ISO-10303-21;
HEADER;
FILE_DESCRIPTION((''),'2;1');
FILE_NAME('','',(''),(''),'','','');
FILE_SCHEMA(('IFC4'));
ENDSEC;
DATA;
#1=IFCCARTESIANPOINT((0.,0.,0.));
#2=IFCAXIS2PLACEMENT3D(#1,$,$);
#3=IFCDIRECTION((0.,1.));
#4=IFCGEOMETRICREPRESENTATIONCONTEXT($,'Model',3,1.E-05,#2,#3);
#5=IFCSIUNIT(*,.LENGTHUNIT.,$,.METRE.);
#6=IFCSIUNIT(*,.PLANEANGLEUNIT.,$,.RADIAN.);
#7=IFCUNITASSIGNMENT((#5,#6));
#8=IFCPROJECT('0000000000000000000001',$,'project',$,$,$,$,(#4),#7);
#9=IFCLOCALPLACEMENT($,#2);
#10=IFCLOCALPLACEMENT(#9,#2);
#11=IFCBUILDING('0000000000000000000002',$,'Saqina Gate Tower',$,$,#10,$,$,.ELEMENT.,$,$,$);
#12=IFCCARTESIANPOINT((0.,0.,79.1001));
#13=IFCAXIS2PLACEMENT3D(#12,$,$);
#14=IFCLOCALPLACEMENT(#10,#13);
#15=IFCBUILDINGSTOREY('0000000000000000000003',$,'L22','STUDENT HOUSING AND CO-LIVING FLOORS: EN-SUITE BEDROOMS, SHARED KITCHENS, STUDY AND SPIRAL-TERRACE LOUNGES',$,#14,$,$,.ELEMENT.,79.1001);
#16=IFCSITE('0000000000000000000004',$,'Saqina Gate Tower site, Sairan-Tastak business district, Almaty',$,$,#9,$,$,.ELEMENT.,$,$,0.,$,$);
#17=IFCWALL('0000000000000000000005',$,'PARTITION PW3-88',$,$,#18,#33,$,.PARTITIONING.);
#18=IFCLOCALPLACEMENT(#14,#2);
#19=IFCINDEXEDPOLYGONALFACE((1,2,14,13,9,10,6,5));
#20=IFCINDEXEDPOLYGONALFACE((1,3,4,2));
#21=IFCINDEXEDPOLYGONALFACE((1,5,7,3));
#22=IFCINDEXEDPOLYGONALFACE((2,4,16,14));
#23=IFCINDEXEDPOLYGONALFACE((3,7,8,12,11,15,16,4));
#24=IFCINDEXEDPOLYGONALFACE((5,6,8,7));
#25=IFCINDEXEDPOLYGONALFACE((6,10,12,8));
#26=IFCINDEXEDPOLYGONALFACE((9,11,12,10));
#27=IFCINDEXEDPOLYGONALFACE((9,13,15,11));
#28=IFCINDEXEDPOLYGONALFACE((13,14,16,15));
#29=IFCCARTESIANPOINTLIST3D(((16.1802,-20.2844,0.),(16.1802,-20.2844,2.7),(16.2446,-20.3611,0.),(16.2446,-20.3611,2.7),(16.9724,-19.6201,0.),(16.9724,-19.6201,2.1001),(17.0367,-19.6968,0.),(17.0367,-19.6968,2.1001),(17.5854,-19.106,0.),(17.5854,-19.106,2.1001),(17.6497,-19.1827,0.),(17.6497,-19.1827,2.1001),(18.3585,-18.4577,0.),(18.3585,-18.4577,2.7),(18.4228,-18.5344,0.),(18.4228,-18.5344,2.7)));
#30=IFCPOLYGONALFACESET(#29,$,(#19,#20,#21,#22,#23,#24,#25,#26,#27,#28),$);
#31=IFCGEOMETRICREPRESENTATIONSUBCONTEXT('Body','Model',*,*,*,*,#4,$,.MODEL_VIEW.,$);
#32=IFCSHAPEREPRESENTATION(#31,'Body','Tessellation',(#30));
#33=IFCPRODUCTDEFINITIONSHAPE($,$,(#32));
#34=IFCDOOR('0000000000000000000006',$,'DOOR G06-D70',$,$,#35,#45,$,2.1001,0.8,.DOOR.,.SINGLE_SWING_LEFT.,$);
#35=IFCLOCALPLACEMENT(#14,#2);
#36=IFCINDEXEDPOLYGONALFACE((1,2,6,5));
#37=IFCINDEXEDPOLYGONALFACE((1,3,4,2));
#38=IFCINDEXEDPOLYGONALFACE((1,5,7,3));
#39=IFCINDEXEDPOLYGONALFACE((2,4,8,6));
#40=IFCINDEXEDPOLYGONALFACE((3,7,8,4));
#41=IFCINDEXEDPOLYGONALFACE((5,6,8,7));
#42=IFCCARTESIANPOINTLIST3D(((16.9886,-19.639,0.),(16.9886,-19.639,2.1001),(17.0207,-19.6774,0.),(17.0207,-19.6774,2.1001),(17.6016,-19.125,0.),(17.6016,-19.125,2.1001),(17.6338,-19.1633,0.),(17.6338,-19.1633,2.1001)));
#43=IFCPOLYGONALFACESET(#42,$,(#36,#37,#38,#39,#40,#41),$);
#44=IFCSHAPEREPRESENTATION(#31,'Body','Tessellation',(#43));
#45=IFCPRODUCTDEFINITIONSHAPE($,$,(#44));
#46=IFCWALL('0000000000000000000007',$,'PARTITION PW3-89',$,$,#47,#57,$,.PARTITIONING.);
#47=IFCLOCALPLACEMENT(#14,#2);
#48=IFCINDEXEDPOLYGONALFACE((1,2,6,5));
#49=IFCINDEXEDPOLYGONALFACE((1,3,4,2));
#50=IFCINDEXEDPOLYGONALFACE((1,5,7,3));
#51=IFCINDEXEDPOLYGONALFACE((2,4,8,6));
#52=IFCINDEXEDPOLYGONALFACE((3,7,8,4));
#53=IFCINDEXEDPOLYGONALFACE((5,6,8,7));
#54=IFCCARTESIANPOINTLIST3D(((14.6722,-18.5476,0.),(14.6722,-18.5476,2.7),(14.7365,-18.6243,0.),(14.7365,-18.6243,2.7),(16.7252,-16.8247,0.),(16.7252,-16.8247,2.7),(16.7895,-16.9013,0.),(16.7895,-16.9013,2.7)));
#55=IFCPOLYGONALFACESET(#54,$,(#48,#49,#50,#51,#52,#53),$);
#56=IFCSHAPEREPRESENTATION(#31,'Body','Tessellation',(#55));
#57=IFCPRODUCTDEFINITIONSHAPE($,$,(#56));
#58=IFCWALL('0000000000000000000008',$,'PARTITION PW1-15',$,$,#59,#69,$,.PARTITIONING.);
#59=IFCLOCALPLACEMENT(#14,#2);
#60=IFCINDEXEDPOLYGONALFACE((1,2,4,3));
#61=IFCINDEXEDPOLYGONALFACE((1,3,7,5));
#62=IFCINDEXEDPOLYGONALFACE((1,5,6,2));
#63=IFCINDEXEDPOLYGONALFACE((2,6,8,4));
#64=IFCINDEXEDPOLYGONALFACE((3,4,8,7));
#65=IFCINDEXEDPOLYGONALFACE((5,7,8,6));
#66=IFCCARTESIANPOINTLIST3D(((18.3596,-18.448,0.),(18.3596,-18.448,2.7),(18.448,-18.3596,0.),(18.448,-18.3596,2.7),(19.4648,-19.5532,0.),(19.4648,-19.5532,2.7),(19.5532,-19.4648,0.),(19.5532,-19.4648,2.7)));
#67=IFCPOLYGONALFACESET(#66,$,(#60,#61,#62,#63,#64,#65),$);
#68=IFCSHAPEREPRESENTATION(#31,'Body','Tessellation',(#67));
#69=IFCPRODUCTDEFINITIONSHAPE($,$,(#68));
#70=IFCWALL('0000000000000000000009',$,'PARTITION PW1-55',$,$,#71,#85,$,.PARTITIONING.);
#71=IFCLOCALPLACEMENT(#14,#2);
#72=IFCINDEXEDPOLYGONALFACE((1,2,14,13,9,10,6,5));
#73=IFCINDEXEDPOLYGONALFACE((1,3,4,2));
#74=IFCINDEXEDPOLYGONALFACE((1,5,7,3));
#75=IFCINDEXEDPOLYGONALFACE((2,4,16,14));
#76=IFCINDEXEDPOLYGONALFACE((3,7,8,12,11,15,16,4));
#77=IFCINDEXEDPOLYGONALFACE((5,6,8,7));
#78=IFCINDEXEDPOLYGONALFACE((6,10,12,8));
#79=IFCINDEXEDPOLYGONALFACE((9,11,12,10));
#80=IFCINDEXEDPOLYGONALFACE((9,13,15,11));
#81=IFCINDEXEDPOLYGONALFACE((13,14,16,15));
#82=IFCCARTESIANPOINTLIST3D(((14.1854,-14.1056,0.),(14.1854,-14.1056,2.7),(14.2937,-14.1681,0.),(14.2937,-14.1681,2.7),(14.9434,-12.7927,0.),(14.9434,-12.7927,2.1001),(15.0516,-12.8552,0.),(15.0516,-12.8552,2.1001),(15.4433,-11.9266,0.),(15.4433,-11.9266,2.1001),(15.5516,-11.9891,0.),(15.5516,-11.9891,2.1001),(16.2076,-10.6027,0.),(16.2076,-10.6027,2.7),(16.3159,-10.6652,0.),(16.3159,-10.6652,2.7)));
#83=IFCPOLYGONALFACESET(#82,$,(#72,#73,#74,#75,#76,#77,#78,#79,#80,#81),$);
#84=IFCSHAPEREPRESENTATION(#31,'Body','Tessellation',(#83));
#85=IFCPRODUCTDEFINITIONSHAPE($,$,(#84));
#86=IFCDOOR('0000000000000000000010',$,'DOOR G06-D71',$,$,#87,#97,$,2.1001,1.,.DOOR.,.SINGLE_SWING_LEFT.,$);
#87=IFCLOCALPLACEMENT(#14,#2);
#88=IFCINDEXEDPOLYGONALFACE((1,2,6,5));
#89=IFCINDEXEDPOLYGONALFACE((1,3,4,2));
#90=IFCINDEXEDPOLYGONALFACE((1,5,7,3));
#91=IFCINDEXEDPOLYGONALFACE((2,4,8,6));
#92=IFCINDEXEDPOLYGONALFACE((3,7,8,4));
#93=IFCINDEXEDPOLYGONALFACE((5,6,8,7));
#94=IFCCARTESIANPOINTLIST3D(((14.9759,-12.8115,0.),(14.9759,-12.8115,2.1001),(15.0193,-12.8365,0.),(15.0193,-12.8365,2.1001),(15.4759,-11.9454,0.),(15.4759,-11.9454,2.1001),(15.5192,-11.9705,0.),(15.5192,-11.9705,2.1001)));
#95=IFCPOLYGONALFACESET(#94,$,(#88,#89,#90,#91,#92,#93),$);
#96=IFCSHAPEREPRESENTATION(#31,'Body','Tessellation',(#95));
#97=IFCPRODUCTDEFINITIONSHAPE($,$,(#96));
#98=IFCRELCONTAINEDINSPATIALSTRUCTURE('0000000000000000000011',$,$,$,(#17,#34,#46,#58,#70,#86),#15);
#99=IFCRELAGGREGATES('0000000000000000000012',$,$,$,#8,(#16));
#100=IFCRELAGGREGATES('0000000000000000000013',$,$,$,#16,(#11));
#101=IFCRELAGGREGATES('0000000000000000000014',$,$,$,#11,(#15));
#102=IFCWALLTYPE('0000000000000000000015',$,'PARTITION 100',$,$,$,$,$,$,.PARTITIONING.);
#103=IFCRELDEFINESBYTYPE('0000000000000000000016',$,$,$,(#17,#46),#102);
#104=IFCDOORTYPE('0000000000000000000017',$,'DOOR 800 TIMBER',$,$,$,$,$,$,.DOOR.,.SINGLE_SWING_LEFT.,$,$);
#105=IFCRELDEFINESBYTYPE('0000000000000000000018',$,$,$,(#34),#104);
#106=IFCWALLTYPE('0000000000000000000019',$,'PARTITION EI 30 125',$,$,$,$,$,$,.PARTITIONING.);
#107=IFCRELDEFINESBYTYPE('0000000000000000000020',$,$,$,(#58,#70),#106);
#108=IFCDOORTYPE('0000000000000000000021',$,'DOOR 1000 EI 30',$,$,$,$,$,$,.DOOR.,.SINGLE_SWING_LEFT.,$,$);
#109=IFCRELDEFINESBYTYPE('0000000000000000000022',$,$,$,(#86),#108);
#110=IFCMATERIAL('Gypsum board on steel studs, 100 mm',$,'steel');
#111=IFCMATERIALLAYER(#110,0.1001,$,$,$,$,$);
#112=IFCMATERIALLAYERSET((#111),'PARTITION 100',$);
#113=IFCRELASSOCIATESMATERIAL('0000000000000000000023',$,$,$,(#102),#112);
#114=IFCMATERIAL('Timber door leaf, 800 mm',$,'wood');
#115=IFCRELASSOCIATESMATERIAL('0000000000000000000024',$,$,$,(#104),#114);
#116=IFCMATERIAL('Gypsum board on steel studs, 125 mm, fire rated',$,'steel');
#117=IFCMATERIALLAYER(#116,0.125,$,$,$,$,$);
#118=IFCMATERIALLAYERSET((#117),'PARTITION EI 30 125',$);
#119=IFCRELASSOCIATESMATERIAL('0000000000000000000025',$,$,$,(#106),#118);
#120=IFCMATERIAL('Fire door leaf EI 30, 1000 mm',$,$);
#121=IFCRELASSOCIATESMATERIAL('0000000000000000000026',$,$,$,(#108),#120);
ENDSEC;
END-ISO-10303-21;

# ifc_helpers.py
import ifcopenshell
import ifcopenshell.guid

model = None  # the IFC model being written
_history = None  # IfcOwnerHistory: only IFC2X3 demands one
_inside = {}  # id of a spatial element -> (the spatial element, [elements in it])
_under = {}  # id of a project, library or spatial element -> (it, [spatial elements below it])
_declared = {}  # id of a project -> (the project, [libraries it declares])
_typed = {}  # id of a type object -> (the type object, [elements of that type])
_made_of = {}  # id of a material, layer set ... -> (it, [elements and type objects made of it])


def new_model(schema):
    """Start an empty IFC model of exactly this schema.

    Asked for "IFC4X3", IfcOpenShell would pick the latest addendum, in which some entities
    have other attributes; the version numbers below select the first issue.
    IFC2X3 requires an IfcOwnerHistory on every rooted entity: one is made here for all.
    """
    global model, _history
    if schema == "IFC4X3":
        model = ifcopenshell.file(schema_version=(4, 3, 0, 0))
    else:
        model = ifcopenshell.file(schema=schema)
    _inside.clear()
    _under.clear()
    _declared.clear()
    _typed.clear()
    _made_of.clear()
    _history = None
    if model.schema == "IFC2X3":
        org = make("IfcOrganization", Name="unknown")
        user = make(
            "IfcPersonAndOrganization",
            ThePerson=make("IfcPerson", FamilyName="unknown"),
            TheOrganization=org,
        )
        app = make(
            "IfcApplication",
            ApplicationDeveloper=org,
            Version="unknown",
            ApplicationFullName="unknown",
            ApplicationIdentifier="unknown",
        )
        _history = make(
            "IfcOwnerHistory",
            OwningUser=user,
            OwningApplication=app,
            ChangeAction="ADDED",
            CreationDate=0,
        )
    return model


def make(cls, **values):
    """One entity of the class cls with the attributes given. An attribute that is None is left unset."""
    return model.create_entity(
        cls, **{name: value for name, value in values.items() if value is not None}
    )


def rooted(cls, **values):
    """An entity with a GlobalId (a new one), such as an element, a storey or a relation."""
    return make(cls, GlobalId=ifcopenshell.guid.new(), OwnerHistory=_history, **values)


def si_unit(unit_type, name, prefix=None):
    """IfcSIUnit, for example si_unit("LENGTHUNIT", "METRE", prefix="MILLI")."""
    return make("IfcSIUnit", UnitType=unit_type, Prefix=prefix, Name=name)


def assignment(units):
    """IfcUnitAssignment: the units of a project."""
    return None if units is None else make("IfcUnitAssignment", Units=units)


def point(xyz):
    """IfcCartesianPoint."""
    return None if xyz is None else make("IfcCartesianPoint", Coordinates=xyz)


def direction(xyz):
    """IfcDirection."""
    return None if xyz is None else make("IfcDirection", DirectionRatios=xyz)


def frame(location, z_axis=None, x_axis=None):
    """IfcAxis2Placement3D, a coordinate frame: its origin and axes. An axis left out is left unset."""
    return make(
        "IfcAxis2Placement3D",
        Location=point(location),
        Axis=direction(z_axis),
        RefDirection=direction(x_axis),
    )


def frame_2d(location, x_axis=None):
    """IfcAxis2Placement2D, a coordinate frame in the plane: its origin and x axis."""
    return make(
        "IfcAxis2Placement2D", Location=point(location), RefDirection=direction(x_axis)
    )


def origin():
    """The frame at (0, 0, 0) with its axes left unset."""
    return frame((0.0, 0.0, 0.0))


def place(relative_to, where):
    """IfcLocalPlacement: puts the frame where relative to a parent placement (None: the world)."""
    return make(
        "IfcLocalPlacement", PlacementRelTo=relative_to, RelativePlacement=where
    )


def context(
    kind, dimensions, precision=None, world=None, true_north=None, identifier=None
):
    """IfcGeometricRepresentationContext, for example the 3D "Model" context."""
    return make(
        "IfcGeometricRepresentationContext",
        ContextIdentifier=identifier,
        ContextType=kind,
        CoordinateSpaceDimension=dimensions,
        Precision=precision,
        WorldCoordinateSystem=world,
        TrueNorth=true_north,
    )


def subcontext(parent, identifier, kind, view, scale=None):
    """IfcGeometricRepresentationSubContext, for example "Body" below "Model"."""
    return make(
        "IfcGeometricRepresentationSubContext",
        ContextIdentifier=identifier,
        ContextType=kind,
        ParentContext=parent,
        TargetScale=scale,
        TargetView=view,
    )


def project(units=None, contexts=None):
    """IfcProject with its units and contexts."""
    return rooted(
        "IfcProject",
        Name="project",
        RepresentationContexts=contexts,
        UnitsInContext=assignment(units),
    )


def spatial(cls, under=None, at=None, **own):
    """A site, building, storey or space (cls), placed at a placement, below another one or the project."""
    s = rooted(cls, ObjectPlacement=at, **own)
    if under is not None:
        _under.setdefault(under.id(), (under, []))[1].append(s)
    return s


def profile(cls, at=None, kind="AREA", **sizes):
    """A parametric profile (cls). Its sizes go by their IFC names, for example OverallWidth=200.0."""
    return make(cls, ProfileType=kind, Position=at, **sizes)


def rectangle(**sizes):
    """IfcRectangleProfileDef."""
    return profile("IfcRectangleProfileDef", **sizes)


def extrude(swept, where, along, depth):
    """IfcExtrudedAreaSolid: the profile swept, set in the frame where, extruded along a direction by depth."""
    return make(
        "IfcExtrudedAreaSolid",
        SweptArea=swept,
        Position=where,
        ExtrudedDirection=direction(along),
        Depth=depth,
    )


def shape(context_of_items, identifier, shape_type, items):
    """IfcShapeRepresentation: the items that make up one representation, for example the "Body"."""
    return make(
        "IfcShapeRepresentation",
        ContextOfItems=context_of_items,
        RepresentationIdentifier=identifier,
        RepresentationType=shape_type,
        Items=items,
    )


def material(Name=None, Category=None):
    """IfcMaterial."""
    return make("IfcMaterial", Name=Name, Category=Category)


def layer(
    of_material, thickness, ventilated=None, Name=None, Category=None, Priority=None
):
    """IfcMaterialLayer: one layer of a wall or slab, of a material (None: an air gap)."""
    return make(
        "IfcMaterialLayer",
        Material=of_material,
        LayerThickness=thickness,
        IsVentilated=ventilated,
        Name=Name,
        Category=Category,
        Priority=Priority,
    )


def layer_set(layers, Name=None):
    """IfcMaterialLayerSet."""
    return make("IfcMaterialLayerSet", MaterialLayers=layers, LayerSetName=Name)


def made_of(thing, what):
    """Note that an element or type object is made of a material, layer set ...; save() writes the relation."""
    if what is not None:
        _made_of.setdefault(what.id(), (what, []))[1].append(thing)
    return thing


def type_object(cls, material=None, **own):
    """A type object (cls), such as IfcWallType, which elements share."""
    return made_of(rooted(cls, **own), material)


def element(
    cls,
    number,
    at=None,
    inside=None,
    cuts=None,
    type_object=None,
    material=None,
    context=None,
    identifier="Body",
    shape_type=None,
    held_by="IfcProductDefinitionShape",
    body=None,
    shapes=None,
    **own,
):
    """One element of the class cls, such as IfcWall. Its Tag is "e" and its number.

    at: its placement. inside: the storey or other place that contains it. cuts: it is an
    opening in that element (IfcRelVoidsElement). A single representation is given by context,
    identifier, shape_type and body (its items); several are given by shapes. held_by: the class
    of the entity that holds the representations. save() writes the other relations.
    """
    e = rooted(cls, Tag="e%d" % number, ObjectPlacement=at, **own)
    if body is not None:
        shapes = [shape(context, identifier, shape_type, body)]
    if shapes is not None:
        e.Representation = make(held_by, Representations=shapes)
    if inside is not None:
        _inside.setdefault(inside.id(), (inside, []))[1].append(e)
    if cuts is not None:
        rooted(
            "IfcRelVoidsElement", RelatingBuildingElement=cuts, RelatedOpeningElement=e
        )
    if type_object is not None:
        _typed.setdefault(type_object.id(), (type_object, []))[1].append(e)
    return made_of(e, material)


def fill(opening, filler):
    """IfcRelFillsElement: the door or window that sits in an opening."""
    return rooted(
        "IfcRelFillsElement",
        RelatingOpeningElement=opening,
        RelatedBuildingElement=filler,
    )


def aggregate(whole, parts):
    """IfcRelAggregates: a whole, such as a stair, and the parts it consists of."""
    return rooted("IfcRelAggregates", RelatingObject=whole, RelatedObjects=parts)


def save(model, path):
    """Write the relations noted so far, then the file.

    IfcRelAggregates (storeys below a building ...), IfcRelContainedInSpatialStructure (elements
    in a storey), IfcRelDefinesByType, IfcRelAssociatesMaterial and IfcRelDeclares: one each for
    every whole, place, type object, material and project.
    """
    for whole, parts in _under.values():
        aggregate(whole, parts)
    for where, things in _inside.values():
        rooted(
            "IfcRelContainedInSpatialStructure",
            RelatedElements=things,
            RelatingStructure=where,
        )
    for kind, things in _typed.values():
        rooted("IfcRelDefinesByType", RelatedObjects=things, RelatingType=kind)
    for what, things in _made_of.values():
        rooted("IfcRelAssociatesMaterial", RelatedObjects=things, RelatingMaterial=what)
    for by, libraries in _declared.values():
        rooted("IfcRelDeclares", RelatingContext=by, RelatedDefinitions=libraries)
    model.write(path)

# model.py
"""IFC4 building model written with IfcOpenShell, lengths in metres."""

from ifc_helpers import new_model, si_unit, direction, frame, frame_2d, origin, place, context, subcontext, project, spatial, rectangle, extrude, material, layer, layer_set, type_object, element, fill, save


model = new_model("IFC4")

# Units and contexts
model_context = context("Model", 3, precision=1e-05, world=origin(), true_north=direction((0.0, 1.0)))
body_context = subcontext(model_context, "Body", "Model", "MODEL_VIEW")
ifc_project = project(units=[si_unit("LENGTHUNIT", "METRE"), si_unit("PLANEANGLEUNIT", "RADIAN")], contexts=[model_context])

# Site, building, storey
site_placement = place(None, origin())
site = spatial("IfcSite", under=ifc_project, at=site_placement, Name="Saqina Gate Tower site, Sairan-Tastak business district, Almaty", CompositionType="ELEMENT", RefElevation=0.0)
building_placement = place(site_placement, origin())
building = spatial("IfcBuilding", under=site, at=building_placement, Name="Saqina Gate Tower", CompositionType="ELEMENT")
storey_placement = place(building_placement, frame((0.0, 0.0, 79.1001)))
storey = spatial("IfcBuildingStorey", under=building, at=storey_placement, Name="L22", Description="STUDENT HOUSING AND CO-LIVING FLOORS: EN-SUITE BEDROOMS, SHARED KITCHENS, STUDY AND SPIRAL-TERRACE LOUNGES", CompositionType="ELEMENT", Elevation=79.1001)

# Shared definitions
ifc_material_1 = material(Name="Gypsum board on steel studs, 100 mm", Category="steel")
ifc_layer_1 = layer(ifc_material_1, 0.1001)
ifc_layer_set_1 = layer_set([ifc_layer_1], Name="PARTITION 100")
wall_type_1 = type_object("IfcWallType", Name="PARTITION 100", PredefinedType="PARTITIONING", material=ifc_layer_set_1)

# Wall, opening, door
wall_1_placement = place(storey_placement, frame((16.2124, -20.3228, 0.0), z_axis=(0.0, 0.0, 1.0), x_axis=(0.766232, 0.642563, 0.0)))
wall_1 = element("IfcWall", 1, at=wall_1_placement, inside=storey, type_object=wall_type_1, Name="PARTITION PW3-88", PredefinedType="PARTITIONING", context=body_context, shape_type="SweptSolid", body=[
    extrude(rectangle(XDim=2.8428, YDim=0.1001, at=frame_2d((1.4214, 0.0))), origin(), (0.0, 0.0, 1.0), 2.7),
])
opening_1_placement = place(wall_1_placement, frame((1.0339, 0.0, 0.0)))
opening_1 = element("IfcOpeningElement", 2, at=opening_1_placement, cuts=wall_1, PredefinedType="OPENING", context=body_context, shape_type="SweptSolid", body=[
    extrude(rectangle(XDim=0.8, YDim=2.1001, at=frame_2d((0.3999, 1.05))), frame((0.0, 0.062, 0.0), z_axis=(0.0, -1.0, 0.0), x_axis=(1.0, 0.0, 0.0)), (0.0, 0.0, 1.0), 0.124),
])
ifc_material_2 = material(Name="Timber door leaf, 800 mm", Category="wood")
door_type_1 = type_object("IfcDoorType", Name="DOOR 800 TIMBER", OperationType="SINGLE_SWING_LEFT", PredefinedType="DOOR", material=ifc_material_2)
door_1_placement = place(opening_1_placement, frame((0.8, 0.0, 0.0), z_axis=(0.0, 0.0, 1.0), x_axis=(-1.0, 0.0, 0.0)))
door_1 = element("IfcDoor", 3, at=door_1_placement, inside=storey, type_object=door_type_1, Name="DOOR G06-D70", OperationType="SINGLE_SWING_LEFT", OverallHeight=2.1001, OverallWidth=0.8, PredefinedType="DOOR", context=body_context, shape_type="SweptSolid", body=[
    extrude(rectangle(XDim=0.8, YDim=2.1001, at=frame_2d((0.3999, 1.05))), frame((0.0, 0.0249, 0.0), z_axis=(0.0, -1.0, 0.0), x_axis=(1.0, 0.0, 0.0)), (0.0, 0.0, 1.0), 0.05),
])
fill(opening_1, door_1)

# Walls
wall_2_placement = place(storey_placement, frame((14.7043, -18.5859, 0.0), z_axis=(0.0, 0.0, 1.0), x_axis=(0.765999, 0.642842, 0.0)))
element("IfcWall", 4, at=wall_2_placement, inside=storey, type_object=wall_type_1, Name="PARTITION PW3-89", PredefinedType="PARTITIONING", context=body_context, shape_type="SweptSolid", body=[
    extrude(rectangle(XDim=2.6802, YDim=0.1001, at=frame_2d((1.3401, 0.0))), origin(), (0.0, 0.0, 1.0), 2.7),
])
ifc_material_3 = material(Name="Gypsum board on steel studs, 125 mm, fire rated", Category="steel")
ifc_layer_2 = layer(ifc_material_3, 0.125)
ifc_layer_set_2 = layer_set([ifc_layer_2], Name="PARTITION EI 30 125")
wall_type_2 = type_object("IfcWallType", Name="PARTITION EI 30 125", PredefinedType="PARTITIONING", material=ifc_layer_set_2)
wall_3_placement = place(storey_placement, frame((18.4038, -18.4038, 0.0), z_axis=(0.0, 0.0, 1.0), x_axis=(0.707107, -0.707107, 0.0)))
element("IfcWall", 5, at=wall_3_placement, inside=storey, type_object=wall_type_2, Name="PARTITION PW1-15", PredefinedType="PARTITIONING", context=body_context, shape_type="SweptSolid", body=[
    extrude(rectangle(XDim=1.563, YDim=0.125, at=frame_2d((0.7815, 0.0))), origin(), (0.0, 0.0, 1.0), 2.7),
])

# Wall, opening, door
wall_4_placement = place(storey_placement, frame((14.2395, -14.137, 0.0), z_axis=(0.0, 0.0, 1.0), x_axis=(0.499963, 0.866047, 0.0)))
wall_4 = element("IfcWall", 6, at=wall_4_placement, inside=storey, type_object=wall_type_2, Name="PARTITION PW1-55", PredefinedType="PARTITIONING", context=body_context, shape_type="SweptSolid", body=[
    extrude(rectangle(XDim=4.0447, YDim=0.125, at=frame_2d((2.0225, 0.0))), origin(), (0.0, 0.0, 1.0), 2.7),
])
opening_2_placement = place(wall_4_placement, frame((1.5161, 0.0, 0.0)))
opening_2 = element("IfcOpeningElement", 7, at=opening_2_placement, cuts=wall_4, PredefinedType="OPENING", context=body_context, shape_type="SweptSolid", body=[
    extrude(rectangle(XDim=1.0, YDim=2.1001, at=frame_2d((0.5, 1.05))), frame((0.0, 0.0745, 0.0), z_axis=(0.0, -1.0, 0.0), x_axis=(1.0, 0.0, 0.0)), (0.0, 0.0, 1.0), 0.1489),
])
ifc_material_4 = material(Name="Fire door leaf EI 30, 1000 mm")
door_type_2 = type_object("IfcDoorType", Name="DOOR 1000 EI 30", OperationType="SINGLE_SWING_LEFT", PredefinedType="DOOR", material=ifc_material_4)
door_2_placement = place(opening_2_placement, origin())
door_2 = element("IfcDoor", 8, at=door_2_placement, inside=storey, type_object=door_type_2, Name="DOOR G06-D71", OperationType="SINGLE_SWING_LEFT", OverallHeight=2.1001, OverallWidth=1.0, PredefinedType="DOOR", context=body_context, shape_type="SweptSolid", body=[
    extrude(rectangle(XDim=1.0, YDim=2.1001, at=frame_2d((0.5, 1.05))), frame((0.0, 0.0249, 0.0), z_axis=(0.0, -1.0, 0.0), x_axis=(1.0, 0.0, 0.0)), (0.0, 0.0, 1.0), 0.05),
])
fill(opening_2, door_2)

save(model, "model.ifc")
